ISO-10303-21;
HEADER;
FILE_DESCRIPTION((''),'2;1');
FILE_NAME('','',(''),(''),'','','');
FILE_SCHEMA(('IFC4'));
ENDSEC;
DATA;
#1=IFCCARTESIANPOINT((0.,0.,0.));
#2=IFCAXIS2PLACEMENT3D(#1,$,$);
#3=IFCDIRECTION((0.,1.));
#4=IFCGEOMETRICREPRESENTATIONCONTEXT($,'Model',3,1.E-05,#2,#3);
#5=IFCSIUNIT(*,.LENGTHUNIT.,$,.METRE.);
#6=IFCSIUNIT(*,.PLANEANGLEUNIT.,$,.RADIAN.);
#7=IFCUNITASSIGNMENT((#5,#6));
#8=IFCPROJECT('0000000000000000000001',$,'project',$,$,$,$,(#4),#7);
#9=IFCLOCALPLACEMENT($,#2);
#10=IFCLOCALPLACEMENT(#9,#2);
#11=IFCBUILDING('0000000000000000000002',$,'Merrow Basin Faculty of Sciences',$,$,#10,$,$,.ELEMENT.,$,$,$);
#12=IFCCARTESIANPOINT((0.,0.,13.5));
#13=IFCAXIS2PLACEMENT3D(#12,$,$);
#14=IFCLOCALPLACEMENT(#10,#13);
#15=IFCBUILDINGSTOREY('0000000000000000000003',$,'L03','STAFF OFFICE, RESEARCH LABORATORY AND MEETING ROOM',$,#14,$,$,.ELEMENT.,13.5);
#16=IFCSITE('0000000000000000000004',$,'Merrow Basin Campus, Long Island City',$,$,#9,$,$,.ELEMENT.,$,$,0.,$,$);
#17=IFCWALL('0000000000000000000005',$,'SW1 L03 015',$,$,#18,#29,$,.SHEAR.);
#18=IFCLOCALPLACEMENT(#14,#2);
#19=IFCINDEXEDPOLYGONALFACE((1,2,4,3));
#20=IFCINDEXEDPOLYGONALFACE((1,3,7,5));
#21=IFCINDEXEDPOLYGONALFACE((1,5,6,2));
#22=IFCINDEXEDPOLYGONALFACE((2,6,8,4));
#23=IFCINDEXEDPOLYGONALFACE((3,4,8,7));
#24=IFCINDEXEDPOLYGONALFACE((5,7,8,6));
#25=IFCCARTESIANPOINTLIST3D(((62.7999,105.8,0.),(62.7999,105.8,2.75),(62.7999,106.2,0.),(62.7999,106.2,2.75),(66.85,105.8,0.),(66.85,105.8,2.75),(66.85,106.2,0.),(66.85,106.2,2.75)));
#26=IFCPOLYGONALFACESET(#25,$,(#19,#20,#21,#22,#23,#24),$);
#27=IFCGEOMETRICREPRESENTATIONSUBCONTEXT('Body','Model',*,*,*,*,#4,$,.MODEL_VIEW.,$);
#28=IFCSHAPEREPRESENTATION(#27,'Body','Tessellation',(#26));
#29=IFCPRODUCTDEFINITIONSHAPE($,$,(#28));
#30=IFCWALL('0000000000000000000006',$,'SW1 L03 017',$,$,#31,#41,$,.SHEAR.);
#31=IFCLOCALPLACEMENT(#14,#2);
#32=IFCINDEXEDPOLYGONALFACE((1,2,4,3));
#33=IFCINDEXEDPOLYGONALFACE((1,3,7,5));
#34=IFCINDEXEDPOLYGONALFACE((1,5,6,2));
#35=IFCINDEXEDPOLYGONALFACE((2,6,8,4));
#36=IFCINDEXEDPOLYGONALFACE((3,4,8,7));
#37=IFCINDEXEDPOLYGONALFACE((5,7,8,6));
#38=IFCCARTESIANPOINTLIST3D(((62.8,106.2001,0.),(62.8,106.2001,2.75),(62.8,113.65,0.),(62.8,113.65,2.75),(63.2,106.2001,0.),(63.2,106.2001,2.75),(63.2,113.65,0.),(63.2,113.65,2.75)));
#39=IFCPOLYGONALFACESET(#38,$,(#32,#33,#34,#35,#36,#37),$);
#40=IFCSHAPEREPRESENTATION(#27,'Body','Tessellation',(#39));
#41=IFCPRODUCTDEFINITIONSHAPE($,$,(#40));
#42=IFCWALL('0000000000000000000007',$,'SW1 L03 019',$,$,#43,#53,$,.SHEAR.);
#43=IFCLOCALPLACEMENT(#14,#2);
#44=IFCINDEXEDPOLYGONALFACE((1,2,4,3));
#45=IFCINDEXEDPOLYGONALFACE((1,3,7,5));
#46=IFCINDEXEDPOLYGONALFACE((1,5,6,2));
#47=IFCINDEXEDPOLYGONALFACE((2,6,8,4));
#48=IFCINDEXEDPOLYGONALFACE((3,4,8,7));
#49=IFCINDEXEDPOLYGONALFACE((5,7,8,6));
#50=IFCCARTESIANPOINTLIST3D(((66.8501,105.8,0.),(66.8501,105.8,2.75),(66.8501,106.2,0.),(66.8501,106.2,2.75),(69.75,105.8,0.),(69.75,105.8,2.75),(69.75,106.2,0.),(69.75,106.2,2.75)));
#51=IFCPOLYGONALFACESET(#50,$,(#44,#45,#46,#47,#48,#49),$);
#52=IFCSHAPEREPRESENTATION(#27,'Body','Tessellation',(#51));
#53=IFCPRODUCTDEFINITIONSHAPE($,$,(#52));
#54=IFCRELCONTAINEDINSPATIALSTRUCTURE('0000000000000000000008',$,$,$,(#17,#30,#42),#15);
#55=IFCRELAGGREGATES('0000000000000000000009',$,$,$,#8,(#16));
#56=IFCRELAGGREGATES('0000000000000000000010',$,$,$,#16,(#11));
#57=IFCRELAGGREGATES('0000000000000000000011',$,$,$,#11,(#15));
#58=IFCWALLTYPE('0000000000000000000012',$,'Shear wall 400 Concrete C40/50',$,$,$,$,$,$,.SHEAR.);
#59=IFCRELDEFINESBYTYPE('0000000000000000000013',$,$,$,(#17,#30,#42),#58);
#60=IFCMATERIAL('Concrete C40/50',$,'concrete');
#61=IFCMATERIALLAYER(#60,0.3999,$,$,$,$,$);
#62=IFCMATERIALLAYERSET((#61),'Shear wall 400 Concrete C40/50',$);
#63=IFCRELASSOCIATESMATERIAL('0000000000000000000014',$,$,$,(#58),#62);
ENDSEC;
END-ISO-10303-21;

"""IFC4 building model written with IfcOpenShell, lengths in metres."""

from ifc_helpers import new_model, si_unit, direction, frame, frame_2d, origin, place, context, subcontext, project, spatial, rectangle, extrude, material, layer, layer_set, type_object, element, save


model = new_model("IFC4")

# Units and contexts
model_context = context("Model", 3, precision=1e-05, world=origin(), true_north=direction((0.0, 1.0)))
body_context = subcontext(model_context, "Body", "Model", "MODEL_VIEW")
ifc_project = project(units=[si_unit("LENGTHUNIT", "METRE"), si_unit("PLANEANGLEUNIT", "RADIAN")], contexts=[model_context])

# Site, building, storey
site_placement = place(None, origin())
site = spatial("IfcSite", under=ifc_project, at=site_placement, Name="Merrow Basin Campus, Long Island City", CompositionType="ELEMENT", RefElevation=0.0)
building_placement = place(site_placement, origin())
building = spatial("IfcBuilding", under=site, at=building_placement, Name="Merrow Basin Faculty of Sciences", CompositionType="ELEMENT")
storey_placement = place(building_placement, frame((0.0, 0.0, 13.5)))
storey = spatial("IfcBuildingStorey", under=building, at=storey_placement, Name="L03", Description="STAFF OFFICE, RESEARCH LABORATORY AND MEETING ROOM", CompositionType="ELEMENT", Elevation=13.5)

# Walls
ifc_material_1 = material(Name="Concrete C40/50", Category="concrete")
ifc_layer_1 = layer(ifc_material_1, 0.3999)
ifc_layer_set_1 = layer_set([ifc_layer_1], Name="Shear wall 400 Concrete C40/50")
wall_type_1 = type_object("IfcWallType", Name="Shear wall 400 Concrete C40/50", PredefinedType="SHEAR", material=ifc_layer_set_1)
wall_1_placement = place(storey_placement, frame((62.8, 106.0, 0.0), z_axis=(0.0, 0.0, 1.0), x_axis=(1.0, 0.0, 0.0)))
element("IfcWall", 1, at=wall_1_placement, inside=storey, type_object=wall_type_1, Name="SW1 L03 015", PredefinedType="SHEAR", context=body_context, shape_type="SweptSolid", body=[
    extrude(rectangle(XDim=4.05, YDim=0.3999, at=frame_2d((2.0249, 0.0))), origin(), (0.0, 0.0, 1.0), 2.75),
])
wall_2_placement = place(storey_placement, frame((63.0, 106.2, 0.0), z_axis=(0.0, 0.0, 1.0), x_axis=(0.0, 1.0, 0.0)))
element("IfcWall", 2, at=wall_2_placement, inside=storey, type_object=wall_type_1, Name="SW1 L03 017", PredefinedType="SHEAR", context=body_context, shape_type="SweptSolid", body=[
    extrude(rectangle(XDim=7.45, YDim=0.3999, at=frame_2d((3.7251, 0.0))), origin(), (0.0, 0.0, 1.0), 2.75),
])
wall_3_placement = place(storey_placement, frame((66.8501, 106.0, 0.0), z_axis=(0.0, 0.0, 1.0), x_axis=(1.0, 0.0, 0.0)))
element("IfcWall", 3, at=wall_3_placement, inside=storey, type_object=wall_type_1, Name="SW1 L03 019", PredefinedType="SHEAR", context=body_context, shape_type="SweptSolid", body=[
    extrude(rectangle(XDim=2.8999, YDim=0.3999, at=frame_2d((1.45, 0.0))), origin(), (0.0, 0.0, 1.0), 2.75),
])

save(model, "model.ifc")
